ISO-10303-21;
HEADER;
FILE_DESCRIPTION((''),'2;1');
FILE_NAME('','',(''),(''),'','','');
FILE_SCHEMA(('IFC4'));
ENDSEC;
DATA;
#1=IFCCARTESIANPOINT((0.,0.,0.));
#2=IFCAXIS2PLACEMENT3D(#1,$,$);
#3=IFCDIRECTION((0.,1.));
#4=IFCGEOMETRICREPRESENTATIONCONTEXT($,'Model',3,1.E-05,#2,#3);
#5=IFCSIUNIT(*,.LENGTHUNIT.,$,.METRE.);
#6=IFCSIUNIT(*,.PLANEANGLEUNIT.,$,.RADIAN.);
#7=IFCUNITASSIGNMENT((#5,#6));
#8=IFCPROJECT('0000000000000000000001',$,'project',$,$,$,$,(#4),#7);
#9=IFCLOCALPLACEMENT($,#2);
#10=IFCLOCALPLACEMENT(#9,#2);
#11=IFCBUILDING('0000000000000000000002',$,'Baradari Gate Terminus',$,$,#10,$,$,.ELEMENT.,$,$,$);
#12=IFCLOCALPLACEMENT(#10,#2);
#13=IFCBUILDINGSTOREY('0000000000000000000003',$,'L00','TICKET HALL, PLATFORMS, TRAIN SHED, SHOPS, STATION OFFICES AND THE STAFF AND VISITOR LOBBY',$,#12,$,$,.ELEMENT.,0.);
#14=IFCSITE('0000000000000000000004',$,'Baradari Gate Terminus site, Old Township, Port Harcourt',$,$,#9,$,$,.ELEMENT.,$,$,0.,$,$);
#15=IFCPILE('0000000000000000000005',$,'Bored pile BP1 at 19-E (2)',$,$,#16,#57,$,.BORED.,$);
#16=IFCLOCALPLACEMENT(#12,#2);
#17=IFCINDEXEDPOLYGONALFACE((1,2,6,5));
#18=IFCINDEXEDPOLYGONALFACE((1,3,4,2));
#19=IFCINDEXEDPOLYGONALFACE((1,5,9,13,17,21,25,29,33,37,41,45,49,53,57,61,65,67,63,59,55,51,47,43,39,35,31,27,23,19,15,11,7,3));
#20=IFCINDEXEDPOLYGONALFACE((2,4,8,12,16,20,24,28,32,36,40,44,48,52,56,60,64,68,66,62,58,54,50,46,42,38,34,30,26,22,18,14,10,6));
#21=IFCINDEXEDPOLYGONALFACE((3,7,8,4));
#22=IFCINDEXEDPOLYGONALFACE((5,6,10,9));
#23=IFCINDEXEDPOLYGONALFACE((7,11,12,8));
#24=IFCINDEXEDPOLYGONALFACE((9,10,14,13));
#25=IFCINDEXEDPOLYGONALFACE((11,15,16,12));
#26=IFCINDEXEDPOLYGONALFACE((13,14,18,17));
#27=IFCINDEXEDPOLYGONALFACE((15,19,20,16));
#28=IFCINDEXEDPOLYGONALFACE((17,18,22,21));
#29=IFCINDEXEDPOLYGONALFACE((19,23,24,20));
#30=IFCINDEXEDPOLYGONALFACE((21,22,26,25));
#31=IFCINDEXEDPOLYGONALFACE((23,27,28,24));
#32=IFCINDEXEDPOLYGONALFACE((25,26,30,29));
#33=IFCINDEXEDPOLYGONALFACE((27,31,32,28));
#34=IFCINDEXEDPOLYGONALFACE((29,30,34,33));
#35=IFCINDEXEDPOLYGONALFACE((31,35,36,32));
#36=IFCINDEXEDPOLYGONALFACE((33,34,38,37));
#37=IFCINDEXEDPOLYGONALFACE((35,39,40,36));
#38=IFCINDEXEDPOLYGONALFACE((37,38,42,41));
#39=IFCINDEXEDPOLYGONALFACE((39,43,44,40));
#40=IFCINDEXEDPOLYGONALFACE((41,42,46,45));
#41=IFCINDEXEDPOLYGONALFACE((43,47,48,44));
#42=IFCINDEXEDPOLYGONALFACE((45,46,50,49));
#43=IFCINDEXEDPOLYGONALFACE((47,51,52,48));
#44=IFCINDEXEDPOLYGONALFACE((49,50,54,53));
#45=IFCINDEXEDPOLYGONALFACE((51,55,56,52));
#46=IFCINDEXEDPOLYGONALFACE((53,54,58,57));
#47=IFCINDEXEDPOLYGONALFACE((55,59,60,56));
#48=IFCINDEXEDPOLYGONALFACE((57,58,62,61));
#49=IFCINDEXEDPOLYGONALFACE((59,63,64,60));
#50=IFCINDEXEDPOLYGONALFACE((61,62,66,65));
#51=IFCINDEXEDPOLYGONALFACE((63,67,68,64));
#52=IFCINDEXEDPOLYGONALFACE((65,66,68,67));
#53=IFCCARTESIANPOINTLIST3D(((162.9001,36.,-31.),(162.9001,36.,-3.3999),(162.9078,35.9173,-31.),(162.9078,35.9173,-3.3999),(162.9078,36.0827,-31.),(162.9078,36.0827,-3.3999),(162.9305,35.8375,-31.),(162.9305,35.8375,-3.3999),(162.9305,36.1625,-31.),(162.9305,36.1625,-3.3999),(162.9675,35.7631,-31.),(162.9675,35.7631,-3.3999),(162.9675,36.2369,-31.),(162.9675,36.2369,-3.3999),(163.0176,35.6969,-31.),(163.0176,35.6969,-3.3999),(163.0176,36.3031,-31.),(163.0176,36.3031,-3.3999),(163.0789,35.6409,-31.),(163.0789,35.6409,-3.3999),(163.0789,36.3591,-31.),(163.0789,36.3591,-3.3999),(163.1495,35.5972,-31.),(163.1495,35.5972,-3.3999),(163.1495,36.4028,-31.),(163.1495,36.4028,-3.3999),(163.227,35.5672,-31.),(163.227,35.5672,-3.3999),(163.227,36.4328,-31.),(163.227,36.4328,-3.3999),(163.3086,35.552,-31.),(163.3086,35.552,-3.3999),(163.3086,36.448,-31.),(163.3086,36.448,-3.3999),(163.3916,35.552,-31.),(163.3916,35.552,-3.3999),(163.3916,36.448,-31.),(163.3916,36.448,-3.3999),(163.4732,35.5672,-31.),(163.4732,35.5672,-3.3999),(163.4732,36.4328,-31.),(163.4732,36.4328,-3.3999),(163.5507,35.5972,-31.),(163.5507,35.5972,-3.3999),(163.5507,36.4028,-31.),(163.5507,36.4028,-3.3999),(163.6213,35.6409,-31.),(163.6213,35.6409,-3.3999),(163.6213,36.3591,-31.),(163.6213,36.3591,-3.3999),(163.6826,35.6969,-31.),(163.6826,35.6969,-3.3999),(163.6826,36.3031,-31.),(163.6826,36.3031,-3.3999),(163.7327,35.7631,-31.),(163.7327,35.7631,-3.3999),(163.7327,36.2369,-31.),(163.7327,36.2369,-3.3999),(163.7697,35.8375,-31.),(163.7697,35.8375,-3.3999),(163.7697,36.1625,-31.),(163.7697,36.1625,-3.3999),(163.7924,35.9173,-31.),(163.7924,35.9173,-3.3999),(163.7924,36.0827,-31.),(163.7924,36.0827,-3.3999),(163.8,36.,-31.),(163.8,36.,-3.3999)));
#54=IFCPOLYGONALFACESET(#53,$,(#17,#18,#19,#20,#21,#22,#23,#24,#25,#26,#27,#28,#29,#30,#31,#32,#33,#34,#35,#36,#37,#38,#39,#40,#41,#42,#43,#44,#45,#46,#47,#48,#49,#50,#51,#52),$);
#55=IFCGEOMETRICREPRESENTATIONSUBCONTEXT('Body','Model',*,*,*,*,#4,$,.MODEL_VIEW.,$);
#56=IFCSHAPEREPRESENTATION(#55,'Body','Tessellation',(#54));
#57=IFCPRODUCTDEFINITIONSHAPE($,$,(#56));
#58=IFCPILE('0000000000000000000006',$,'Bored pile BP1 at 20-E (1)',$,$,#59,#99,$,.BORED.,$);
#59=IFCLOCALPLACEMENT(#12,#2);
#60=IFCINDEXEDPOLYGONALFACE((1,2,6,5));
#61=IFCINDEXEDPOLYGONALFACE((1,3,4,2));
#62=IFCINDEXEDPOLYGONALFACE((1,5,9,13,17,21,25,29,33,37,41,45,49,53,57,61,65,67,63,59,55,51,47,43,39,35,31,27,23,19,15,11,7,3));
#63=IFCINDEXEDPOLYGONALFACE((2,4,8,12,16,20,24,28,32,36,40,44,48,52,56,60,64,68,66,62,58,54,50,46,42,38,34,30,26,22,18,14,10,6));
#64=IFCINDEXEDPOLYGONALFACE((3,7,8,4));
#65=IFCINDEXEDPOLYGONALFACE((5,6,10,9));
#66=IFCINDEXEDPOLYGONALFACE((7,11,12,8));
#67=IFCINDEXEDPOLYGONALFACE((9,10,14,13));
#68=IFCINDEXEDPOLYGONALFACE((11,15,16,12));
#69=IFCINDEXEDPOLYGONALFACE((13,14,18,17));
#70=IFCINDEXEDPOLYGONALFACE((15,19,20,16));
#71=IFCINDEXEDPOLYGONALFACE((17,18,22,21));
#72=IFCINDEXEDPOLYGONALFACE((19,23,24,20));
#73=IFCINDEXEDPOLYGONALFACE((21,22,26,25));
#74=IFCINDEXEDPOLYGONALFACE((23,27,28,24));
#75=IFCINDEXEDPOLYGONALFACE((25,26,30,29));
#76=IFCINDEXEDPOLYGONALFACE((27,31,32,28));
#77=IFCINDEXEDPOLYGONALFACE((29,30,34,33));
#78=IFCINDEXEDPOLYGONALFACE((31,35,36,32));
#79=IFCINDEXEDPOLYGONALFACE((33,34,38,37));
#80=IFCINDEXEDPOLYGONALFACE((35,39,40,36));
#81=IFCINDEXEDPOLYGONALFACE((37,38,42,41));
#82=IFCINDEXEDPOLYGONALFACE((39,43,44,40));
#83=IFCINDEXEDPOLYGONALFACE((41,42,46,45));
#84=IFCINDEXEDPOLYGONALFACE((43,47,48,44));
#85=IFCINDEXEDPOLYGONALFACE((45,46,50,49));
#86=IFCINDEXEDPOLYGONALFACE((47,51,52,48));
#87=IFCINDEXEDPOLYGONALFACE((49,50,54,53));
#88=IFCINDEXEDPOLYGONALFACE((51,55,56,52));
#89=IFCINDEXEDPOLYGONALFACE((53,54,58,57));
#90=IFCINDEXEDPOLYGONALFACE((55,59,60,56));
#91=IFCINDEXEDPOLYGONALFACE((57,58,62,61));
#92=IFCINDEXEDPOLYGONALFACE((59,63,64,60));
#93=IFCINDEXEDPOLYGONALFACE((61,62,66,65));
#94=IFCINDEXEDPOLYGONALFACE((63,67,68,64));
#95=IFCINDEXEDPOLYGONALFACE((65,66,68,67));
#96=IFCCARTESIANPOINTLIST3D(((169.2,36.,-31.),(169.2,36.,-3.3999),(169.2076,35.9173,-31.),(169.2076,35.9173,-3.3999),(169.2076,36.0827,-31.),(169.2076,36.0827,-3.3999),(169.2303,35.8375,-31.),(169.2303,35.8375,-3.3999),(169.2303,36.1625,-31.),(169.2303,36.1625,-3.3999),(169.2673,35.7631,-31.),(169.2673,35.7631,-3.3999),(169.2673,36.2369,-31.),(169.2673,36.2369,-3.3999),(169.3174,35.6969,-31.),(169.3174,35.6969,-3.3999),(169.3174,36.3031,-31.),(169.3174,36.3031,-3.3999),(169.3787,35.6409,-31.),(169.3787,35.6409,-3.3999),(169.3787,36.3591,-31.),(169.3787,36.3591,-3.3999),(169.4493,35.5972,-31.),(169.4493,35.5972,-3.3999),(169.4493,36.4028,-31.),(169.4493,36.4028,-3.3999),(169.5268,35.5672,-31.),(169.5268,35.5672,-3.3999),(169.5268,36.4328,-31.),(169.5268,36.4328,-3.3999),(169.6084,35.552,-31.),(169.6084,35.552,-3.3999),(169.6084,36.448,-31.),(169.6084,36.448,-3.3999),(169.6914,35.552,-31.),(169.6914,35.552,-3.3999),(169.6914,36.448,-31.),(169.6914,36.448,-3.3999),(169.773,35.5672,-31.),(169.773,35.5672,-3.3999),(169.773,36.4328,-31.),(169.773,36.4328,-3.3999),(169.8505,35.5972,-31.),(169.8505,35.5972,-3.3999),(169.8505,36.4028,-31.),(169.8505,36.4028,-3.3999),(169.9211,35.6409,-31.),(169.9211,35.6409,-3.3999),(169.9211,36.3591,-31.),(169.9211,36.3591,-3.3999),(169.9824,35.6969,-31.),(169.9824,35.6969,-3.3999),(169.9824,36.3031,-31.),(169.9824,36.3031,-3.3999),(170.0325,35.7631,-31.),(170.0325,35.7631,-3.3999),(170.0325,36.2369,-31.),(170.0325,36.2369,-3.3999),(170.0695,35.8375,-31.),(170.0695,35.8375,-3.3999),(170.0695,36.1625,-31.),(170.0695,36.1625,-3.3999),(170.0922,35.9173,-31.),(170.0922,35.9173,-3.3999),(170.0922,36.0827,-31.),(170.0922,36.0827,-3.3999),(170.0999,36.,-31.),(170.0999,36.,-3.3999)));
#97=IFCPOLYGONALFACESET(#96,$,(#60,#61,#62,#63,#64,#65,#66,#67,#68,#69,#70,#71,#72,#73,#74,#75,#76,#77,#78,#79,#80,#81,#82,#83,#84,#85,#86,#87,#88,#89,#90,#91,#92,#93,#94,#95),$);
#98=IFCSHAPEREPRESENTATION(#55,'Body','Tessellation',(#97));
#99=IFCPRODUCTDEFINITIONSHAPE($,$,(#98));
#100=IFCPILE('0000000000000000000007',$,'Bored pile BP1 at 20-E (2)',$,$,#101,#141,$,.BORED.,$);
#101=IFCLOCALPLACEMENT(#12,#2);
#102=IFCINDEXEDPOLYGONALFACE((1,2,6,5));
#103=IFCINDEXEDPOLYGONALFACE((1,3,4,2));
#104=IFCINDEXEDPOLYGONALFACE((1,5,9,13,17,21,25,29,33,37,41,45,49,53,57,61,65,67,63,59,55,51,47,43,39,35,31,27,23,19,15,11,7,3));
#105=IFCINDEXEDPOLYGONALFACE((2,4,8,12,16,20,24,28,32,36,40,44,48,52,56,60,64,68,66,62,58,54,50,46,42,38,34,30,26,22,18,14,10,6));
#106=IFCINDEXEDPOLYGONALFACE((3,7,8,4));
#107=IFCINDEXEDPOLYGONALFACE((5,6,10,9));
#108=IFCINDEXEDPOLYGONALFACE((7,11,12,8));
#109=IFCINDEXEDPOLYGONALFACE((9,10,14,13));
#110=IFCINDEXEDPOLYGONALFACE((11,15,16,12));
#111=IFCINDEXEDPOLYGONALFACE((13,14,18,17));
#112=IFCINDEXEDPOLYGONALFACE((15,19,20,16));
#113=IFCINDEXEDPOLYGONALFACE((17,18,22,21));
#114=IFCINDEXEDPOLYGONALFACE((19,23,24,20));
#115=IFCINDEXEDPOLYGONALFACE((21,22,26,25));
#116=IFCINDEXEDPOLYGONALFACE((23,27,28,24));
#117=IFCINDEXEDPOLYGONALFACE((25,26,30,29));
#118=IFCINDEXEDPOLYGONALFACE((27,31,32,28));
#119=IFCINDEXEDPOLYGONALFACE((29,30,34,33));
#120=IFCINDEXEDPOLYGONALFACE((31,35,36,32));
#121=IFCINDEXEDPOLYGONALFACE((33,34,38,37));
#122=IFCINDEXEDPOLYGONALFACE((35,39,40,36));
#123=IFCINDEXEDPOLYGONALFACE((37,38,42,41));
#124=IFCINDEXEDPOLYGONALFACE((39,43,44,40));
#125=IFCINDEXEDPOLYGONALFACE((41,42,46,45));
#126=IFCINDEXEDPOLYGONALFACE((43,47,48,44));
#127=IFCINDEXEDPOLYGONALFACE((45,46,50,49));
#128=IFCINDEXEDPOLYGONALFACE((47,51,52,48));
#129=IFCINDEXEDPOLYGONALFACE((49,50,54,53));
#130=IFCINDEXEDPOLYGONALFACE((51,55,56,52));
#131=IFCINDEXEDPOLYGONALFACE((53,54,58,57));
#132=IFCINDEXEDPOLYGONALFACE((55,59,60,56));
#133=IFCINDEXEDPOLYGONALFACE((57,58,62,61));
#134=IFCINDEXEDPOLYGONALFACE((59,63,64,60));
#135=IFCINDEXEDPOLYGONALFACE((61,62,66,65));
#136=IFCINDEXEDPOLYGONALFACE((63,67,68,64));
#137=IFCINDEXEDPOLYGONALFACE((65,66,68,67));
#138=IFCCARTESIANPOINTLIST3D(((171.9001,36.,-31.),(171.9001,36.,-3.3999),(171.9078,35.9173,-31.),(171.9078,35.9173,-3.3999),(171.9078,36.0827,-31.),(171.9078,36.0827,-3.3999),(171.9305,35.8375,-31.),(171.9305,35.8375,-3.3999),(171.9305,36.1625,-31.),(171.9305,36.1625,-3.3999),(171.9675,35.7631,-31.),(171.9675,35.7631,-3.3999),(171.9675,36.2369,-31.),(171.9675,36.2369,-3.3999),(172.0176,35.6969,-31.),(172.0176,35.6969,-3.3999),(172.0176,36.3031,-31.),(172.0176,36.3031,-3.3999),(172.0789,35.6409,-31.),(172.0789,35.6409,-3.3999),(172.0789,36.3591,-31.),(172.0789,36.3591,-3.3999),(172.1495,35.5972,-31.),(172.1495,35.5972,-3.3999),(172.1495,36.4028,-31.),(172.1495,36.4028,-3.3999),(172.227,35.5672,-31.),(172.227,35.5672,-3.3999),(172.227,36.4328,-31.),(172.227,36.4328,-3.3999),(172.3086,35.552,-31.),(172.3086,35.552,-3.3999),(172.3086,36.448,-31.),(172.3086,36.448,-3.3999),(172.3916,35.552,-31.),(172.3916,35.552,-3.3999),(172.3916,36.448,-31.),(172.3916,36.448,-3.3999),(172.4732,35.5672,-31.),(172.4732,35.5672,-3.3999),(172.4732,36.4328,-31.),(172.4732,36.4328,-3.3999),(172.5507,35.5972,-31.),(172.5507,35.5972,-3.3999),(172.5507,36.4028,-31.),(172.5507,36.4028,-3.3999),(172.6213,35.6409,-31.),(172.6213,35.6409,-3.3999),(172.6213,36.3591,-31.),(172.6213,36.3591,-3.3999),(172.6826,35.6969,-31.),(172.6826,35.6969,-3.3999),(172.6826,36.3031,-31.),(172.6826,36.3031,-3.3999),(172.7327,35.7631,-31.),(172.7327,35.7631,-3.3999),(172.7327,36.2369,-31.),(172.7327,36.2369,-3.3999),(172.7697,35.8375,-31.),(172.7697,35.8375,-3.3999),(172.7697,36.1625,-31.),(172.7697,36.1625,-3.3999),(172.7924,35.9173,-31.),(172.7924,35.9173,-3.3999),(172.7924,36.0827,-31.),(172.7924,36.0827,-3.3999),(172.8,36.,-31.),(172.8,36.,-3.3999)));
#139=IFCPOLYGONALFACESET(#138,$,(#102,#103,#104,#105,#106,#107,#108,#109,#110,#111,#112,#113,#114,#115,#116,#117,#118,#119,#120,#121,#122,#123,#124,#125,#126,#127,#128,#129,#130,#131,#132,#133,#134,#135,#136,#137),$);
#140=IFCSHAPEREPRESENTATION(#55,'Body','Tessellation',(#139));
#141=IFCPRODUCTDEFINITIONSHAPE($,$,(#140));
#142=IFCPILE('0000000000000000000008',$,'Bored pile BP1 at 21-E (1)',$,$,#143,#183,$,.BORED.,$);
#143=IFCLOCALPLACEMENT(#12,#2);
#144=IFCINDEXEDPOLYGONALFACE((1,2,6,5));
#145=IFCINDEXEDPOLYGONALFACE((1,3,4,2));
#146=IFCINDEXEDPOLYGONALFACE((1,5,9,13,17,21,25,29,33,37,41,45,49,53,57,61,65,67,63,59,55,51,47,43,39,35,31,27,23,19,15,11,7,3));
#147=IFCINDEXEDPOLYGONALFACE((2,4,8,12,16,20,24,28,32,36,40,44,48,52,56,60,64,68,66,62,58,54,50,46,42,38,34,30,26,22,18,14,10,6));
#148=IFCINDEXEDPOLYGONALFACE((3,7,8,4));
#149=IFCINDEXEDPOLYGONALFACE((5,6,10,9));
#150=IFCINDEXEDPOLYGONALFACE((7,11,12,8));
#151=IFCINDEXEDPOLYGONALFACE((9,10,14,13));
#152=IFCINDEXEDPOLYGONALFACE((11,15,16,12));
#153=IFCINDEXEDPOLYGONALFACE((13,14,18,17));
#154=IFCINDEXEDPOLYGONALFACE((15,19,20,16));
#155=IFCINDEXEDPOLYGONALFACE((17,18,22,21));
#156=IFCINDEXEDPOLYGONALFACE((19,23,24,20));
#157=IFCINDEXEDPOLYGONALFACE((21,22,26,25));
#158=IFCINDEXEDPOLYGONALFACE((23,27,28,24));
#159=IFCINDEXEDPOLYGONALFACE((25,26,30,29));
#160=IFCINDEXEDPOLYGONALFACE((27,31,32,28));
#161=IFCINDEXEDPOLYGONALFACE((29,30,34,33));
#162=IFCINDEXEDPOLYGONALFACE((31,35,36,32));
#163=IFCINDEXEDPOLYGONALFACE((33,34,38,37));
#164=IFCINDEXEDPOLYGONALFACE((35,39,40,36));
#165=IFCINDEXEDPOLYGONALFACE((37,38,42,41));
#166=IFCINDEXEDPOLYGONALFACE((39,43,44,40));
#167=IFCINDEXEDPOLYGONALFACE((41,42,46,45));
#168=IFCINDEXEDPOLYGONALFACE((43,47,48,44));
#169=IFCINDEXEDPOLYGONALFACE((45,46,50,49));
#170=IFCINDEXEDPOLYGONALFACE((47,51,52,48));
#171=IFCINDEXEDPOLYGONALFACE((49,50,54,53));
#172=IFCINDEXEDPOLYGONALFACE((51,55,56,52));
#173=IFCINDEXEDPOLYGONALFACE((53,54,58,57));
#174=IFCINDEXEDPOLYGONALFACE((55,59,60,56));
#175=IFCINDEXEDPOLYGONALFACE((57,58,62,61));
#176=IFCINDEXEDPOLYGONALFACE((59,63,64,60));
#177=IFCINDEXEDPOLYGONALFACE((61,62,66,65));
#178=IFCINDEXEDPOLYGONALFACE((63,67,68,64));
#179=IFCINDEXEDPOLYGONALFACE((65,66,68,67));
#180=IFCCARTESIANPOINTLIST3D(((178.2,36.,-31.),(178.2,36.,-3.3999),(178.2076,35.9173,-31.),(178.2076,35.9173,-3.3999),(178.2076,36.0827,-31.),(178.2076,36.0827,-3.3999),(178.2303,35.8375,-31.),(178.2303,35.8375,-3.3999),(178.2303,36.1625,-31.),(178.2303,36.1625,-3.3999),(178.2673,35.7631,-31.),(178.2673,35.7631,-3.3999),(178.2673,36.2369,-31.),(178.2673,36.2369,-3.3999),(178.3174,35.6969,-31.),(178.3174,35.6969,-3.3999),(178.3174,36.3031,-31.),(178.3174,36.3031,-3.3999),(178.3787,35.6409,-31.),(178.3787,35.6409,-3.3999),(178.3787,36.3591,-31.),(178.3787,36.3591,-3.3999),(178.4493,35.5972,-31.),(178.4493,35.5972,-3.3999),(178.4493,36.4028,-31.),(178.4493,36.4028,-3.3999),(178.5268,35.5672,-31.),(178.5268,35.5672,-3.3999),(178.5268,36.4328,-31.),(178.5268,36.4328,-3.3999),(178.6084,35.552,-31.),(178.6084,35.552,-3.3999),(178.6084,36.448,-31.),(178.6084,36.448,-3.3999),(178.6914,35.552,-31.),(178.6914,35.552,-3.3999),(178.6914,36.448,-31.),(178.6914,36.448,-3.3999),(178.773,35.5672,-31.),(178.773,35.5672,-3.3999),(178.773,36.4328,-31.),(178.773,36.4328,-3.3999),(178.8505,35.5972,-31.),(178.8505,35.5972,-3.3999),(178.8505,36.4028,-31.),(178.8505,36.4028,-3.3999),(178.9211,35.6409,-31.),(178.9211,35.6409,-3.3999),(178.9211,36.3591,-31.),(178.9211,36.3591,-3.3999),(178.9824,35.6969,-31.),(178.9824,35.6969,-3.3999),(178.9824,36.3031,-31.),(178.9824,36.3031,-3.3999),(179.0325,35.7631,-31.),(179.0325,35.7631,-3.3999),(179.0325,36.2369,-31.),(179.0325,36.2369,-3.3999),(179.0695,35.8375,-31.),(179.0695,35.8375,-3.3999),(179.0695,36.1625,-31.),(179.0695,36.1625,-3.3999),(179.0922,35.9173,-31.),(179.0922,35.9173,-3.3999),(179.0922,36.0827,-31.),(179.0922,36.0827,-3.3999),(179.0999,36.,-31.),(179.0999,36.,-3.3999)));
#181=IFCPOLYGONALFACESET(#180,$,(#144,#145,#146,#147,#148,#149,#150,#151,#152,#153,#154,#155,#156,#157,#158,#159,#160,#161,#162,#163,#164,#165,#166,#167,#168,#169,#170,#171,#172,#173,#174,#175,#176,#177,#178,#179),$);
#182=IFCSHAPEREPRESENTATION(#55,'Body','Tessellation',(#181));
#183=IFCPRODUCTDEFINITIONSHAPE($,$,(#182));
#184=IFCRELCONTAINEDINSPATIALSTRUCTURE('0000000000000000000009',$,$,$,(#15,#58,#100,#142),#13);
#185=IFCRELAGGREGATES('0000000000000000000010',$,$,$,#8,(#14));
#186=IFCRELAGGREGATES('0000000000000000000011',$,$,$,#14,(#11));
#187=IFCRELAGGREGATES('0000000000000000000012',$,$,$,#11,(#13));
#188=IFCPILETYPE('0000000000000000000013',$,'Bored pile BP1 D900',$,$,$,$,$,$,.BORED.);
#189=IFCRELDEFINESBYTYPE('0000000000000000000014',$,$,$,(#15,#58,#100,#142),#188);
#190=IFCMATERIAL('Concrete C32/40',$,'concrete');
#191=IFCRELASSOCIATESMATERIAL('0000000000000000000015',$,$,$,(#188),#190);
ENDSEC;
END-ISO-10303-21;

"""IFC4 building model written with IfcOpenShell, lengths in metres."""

from ifc_helpers import new_model, si_unit, direction, frame, origin, origin_2d, place, context, subcontext, project, spatial, circle, extrude, material, type_object, element, save


model = new_model("IFC4")

# Units and contexts
model_context = context("Model", 3, precision=1e-05, world=origin(), true_north=direction((0.0, 1.0)))
body_context = subcontext(model_context, "Body", "Model", "MODEL_VIEW")
ifc_project = project(units=[si_unit("LENGTHUNIT", "METRE"), si_unit("PLANEANGLEUNIT", "RADIAN")], contexts=[model_context])

# Site, building, storey
site_placement = place(None, origin())
site = spatial("IfcSite", under=ifc_project, at=site_placement, Name="Baradari Gate Terminus site, Old Township, Port Harcourt", CompositionType="ELEMENT", RefElevation=0.0)
building_placement = place(site_placement, origin())
building = spatial("IfcBuilding", under=site, at=building_placement, Name="Baradari Gate Terminus", CompositionType="ELEMENT")
storey_placement = place(building_placement, origin())
storey = spatial("IfcBuildingStorey", under=building, at=storey_placement, Name="L00", Description="TICKET HALL, PLATFORMS, TRAIN SHED, SHOPS, STATION OFFICES AND THE STAFF AND VISITOR LOBBY", CompositionType="ELEMENT", Elevation=0.0)

# Piles
ifc_material_1 = material(Name="Concrete C32/40", Category="concrete")
pile_type = type_object("IfcPileType", Name="Bored pile BP1 D900", PredefinedType="BORED", material=ifc_material_1)
for number, where, z_axis, x_axis, name in (
    (1, (163.3501, 36.0, -3.3999), (0.0, 0.0, -1.0), (1.0, 0.0, 0.0), "Bored pile BP1 at 19-E (2)"),
    (2, (169.6499, 36.0, -3.3999), (0.0, 0.0, -1.0), (1.0, 0.0, 0.0), "Bored pile BP1 at 20-E (1)"),
    (3, (172.3501, 36.0, -3.3999), (0.0, 0.0, -1.0), (1.0, 0.0, 0.0), "Bored pile BP1 at 20-E (2)"),
    (4, (178.6499, 36.0, -3.3999), (0.0, 0.0, -1.0), (1.0, 0.0, 0.0), "Bored pile BP1 at 21-E (1)"),
):
    element("IfcPile", number, at=place(storey_placement, frame(where, z_axis=z_axis, x_axis=x_axis)), inside=storey, type_object=pile_type, Name=name, PredefinedType="BORED", context=body_context, shape_type="SweptSolid", body=[
        extrude(circle(Radius=0.45, at=origin_2d()), origin(), (0.0, 0.0, 1.0), 27.6001),
    ])

save(model, "model.ifc")
